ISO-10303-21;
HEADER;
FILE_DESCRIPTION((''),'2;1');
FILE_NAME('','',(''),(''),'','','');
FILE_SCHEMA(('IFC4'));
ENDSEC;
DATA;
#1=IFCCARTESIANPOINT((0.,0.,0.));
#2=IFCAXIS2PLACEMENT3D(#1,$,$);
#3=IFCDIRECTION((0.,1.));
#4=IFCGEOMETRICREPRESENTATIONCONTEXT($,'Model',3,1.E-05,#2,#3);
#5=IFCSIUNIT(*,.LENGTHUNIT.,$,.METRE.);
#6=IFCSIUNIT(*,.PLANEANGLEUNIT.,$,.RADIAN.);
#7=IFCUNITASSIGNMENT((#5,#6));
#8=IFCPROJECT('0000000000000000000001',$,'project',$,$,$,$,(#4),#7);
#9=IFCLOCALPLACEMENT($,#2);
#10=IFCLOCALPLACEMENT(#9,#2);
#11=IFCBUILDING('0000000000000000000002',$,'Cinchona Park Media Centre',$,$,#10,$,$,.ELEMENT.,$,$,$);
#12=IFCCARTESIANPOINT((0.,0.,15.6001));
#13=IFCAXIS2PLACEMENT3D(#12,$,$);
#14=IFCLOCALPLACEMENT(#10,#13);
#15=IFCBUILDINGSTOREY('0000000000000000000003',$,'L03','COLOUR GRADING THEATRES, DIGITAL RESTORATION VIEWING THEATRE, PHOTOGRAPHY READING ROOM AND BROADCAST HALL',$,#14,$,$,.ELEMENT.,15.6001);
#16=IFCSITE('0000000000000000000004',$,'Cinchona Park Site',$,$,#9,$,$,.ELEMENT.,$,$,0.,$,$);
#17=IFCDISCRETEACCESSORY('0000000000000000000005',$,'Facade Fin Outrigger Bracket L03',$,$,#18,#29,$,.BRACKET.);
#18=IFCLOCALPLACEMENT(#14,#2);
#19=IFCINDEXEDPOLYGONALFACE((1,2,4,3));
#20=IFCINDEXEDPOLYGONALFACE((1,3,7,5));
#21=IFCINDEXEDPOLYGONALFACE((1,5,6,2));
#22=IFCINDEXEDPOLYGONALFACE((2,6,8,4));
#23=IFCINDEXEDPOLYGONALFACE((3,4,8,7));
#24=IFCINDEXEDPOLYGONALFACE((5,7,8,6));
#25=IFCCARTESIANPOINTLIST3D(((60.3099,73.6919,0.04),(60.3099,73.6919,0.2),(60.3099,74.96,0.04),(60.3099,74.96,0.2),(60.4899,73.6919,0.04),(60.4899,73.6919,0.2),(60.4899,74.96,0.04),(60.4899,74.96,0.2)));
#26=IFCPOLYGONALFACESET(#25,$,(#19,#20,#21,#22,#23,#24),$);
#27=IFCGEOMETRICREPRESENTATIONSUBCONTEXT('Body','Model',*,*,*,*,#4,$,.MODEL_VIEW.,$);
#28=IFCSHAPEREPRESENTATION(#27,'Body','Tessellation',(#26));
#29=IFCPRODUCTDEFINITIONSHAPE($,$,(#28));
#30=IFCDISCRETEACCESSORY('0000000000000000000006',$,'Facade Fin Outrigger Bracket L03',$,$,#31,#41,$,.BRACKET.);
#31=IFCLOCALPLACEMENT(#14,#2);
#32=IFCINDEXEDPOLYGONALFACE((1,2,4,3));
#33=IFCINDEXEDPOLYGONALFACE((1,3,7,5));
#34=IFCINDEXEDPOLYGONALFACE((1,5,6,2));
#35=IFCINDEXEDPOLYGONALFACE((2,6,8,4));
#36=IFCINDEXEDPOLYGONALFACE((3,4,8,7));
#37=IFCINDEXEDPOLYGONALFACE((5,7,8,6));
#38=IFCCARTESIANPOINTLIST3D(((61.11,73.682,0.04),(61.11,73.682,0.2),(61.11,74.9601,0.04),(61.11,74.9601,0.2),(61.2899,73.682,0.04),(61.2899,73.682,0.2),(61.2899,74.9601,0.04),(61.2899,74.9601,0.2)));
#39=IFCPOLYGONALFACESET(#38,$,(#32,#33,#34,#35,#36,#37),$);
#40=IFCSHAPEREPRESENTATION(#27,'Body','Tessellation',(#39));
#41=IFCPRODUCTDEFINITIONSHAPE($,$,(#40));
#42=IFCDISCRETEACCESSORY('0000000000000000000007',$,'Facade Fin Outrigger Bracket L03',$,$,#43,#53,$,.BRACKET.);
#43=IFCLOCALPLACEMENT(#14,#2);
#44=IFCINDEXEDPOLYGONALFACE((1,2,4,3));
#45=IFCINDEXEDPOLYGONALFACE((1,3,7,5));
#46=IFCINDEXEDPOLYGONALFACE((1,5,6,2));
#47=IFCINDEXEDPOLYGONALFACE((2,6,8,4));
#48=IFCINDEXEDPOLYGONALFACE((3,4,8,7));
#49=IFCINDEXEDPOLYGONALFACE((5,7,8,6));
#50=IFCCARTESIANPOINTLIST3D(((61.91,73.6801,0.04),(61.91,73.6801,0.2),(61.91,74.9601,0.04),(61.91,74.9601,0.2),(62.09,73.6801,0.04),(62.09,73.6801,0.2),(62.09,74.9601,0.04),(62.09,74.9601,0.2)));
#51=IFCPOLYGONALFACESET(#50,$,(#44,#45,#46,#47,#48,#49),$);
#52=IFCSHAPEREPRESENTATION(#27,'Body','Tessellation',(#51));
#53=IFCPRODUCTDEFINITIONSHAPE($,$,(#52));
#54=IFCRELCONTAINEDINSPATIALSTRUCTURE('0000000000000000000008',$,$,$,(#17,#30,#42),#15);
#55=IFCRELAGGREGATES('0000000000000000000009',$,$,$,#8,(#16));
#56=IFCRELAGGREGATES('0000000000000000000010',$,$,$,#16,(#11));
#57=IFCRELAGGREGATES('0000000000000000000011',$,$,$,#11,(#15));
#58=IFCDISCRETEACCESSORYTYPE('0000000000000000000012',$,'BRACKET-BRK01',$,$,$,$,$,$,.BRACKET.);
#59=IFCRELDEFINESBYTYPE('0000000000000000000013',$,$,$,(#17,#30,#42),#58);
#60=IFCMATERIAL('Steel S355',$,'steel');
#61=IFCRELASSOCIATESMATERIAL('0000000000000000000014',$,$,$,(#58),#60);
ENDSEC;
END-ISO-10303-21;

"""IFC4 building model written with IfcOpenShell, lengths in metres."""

from ifc_helpers import new_model, si_unit, direction, frame, origin, origin_2d, place, context, subcontext, project, spatial, rectangle, extrude, material, type_object, element, save


model = new_model("IFC4")

# Units and contexts
model_context = context("Model", 3, precision=1e-05, world=origin(), true_north=direction((0.0, 1.0)))
body_context = subcontext(model_context, "Body", "Model", "MODEL_VIEW")
ifc_project = project(units=[si_unit("LENGTHUNIT", "METRE"), si_unit("PLANEANGLEUNIT", "RADIAN")], contexts=[model_context])

# Site, building, storey
site_placement = place(None, origin())
site = spatial("IfcSite", under=ifc_project, at=site_placement, Name="Cinchona Park Site", CompositionType="ELEMENT", RefElevation=0.0)
building_placement = place(site_placement, origin())
building = spatial("IfcBuilding", under=site, at=building_placement, Name="Cinchona Park Media Centre", CompositionType="ELEMENT")
storey_placement = place(building_placement, frame((0.0, 0.0, 15.6001)))
storey = spatial("IfcBuildingStorey", under=building, at=storey_placement, Name="L03", Description="COLOUR GRADING THEATRES, DIGITAL RESTORATION VIEWING THEATRE, PHOTOGRAPHY READING ROOM AND BROADCAST HALL", CompositionType="ELEMENT", Elevation=15.6001)

# Discrete accessories
ifc_material_1 = material(Name="Steel S355", Category="steel")
discrete_accessory_type = type_object("IfcDiscreteAccessoryType", Name="BRACKET-BRK01", PredefinedType="BRACKET", material=ifc_material_1)
discrete_accessory_1_placement = place(storey_placement, frame((60.3999, 74.3259, 0.04), z_axis=(0.0, 0.0, 1.0), x_axis=(1.0, 0.0, 0.0)))
element("IfcDiscreteAccessory", 1, at=discrete_accessory_1_placement, inside=storey, type_object=discrete_accessory_type, Name="Facade Fin Outrigger Bracket L03", PredefinedType="BRACKET", context=body_context, shape_type="SweptSolid", body=[
    extrude(rectangle(XDim=0.1799, YDim=1.2681, at=origin_2d()), origin(), (0.0, 0.0, 1.0), 0.1599),
])
discrete_accessory_2_placement = place(storey_placement, frame((61.2, 74.321, 0.04), z_axis=(0.0, 0.0, 1.0), x_axis=(1.0, 0.0, 0.0)))
element("IfcDiscreteAccessory", 2, at=discrete_accessory_2_placement, inside=storey, type_object=discrete_accessory_type, Name="Facade Fin Outrigger Bracket L03", PredefinedType="BRACKET", context=body_context, shape_type="SweptSolid", body=[
    extrude(rectangle(XDim=0.1799, YDim=1.2781, at=origin_2d()), origin(), (0.0, 0.0, 1.0), 0.1599),
])
discrete_accessory_3_placement = place(storey_placement, frame((62.0, 74.3201, 0.04), z_axis=(0.0, 0.0, 1.0), x_axis=(1.0, 0.0, 0.0)))
element("IfcDiscreteAccessory", 3, at=discrete_accessory_3_placement, inside=storey, type_object=discrete_accessory_type, Name="Facade Fin Outrigger Bracket L03", PredefinedType="BRACKET", context=body_context, shape_type="SweptSolid", body=[
    extrude(rectangle(XDim=0.1799, YDim=1.28, at=origin_2d()), origin(), (0.0, 0.0, 1.0), 0.1599),
])

save(model, "model.ifc")
